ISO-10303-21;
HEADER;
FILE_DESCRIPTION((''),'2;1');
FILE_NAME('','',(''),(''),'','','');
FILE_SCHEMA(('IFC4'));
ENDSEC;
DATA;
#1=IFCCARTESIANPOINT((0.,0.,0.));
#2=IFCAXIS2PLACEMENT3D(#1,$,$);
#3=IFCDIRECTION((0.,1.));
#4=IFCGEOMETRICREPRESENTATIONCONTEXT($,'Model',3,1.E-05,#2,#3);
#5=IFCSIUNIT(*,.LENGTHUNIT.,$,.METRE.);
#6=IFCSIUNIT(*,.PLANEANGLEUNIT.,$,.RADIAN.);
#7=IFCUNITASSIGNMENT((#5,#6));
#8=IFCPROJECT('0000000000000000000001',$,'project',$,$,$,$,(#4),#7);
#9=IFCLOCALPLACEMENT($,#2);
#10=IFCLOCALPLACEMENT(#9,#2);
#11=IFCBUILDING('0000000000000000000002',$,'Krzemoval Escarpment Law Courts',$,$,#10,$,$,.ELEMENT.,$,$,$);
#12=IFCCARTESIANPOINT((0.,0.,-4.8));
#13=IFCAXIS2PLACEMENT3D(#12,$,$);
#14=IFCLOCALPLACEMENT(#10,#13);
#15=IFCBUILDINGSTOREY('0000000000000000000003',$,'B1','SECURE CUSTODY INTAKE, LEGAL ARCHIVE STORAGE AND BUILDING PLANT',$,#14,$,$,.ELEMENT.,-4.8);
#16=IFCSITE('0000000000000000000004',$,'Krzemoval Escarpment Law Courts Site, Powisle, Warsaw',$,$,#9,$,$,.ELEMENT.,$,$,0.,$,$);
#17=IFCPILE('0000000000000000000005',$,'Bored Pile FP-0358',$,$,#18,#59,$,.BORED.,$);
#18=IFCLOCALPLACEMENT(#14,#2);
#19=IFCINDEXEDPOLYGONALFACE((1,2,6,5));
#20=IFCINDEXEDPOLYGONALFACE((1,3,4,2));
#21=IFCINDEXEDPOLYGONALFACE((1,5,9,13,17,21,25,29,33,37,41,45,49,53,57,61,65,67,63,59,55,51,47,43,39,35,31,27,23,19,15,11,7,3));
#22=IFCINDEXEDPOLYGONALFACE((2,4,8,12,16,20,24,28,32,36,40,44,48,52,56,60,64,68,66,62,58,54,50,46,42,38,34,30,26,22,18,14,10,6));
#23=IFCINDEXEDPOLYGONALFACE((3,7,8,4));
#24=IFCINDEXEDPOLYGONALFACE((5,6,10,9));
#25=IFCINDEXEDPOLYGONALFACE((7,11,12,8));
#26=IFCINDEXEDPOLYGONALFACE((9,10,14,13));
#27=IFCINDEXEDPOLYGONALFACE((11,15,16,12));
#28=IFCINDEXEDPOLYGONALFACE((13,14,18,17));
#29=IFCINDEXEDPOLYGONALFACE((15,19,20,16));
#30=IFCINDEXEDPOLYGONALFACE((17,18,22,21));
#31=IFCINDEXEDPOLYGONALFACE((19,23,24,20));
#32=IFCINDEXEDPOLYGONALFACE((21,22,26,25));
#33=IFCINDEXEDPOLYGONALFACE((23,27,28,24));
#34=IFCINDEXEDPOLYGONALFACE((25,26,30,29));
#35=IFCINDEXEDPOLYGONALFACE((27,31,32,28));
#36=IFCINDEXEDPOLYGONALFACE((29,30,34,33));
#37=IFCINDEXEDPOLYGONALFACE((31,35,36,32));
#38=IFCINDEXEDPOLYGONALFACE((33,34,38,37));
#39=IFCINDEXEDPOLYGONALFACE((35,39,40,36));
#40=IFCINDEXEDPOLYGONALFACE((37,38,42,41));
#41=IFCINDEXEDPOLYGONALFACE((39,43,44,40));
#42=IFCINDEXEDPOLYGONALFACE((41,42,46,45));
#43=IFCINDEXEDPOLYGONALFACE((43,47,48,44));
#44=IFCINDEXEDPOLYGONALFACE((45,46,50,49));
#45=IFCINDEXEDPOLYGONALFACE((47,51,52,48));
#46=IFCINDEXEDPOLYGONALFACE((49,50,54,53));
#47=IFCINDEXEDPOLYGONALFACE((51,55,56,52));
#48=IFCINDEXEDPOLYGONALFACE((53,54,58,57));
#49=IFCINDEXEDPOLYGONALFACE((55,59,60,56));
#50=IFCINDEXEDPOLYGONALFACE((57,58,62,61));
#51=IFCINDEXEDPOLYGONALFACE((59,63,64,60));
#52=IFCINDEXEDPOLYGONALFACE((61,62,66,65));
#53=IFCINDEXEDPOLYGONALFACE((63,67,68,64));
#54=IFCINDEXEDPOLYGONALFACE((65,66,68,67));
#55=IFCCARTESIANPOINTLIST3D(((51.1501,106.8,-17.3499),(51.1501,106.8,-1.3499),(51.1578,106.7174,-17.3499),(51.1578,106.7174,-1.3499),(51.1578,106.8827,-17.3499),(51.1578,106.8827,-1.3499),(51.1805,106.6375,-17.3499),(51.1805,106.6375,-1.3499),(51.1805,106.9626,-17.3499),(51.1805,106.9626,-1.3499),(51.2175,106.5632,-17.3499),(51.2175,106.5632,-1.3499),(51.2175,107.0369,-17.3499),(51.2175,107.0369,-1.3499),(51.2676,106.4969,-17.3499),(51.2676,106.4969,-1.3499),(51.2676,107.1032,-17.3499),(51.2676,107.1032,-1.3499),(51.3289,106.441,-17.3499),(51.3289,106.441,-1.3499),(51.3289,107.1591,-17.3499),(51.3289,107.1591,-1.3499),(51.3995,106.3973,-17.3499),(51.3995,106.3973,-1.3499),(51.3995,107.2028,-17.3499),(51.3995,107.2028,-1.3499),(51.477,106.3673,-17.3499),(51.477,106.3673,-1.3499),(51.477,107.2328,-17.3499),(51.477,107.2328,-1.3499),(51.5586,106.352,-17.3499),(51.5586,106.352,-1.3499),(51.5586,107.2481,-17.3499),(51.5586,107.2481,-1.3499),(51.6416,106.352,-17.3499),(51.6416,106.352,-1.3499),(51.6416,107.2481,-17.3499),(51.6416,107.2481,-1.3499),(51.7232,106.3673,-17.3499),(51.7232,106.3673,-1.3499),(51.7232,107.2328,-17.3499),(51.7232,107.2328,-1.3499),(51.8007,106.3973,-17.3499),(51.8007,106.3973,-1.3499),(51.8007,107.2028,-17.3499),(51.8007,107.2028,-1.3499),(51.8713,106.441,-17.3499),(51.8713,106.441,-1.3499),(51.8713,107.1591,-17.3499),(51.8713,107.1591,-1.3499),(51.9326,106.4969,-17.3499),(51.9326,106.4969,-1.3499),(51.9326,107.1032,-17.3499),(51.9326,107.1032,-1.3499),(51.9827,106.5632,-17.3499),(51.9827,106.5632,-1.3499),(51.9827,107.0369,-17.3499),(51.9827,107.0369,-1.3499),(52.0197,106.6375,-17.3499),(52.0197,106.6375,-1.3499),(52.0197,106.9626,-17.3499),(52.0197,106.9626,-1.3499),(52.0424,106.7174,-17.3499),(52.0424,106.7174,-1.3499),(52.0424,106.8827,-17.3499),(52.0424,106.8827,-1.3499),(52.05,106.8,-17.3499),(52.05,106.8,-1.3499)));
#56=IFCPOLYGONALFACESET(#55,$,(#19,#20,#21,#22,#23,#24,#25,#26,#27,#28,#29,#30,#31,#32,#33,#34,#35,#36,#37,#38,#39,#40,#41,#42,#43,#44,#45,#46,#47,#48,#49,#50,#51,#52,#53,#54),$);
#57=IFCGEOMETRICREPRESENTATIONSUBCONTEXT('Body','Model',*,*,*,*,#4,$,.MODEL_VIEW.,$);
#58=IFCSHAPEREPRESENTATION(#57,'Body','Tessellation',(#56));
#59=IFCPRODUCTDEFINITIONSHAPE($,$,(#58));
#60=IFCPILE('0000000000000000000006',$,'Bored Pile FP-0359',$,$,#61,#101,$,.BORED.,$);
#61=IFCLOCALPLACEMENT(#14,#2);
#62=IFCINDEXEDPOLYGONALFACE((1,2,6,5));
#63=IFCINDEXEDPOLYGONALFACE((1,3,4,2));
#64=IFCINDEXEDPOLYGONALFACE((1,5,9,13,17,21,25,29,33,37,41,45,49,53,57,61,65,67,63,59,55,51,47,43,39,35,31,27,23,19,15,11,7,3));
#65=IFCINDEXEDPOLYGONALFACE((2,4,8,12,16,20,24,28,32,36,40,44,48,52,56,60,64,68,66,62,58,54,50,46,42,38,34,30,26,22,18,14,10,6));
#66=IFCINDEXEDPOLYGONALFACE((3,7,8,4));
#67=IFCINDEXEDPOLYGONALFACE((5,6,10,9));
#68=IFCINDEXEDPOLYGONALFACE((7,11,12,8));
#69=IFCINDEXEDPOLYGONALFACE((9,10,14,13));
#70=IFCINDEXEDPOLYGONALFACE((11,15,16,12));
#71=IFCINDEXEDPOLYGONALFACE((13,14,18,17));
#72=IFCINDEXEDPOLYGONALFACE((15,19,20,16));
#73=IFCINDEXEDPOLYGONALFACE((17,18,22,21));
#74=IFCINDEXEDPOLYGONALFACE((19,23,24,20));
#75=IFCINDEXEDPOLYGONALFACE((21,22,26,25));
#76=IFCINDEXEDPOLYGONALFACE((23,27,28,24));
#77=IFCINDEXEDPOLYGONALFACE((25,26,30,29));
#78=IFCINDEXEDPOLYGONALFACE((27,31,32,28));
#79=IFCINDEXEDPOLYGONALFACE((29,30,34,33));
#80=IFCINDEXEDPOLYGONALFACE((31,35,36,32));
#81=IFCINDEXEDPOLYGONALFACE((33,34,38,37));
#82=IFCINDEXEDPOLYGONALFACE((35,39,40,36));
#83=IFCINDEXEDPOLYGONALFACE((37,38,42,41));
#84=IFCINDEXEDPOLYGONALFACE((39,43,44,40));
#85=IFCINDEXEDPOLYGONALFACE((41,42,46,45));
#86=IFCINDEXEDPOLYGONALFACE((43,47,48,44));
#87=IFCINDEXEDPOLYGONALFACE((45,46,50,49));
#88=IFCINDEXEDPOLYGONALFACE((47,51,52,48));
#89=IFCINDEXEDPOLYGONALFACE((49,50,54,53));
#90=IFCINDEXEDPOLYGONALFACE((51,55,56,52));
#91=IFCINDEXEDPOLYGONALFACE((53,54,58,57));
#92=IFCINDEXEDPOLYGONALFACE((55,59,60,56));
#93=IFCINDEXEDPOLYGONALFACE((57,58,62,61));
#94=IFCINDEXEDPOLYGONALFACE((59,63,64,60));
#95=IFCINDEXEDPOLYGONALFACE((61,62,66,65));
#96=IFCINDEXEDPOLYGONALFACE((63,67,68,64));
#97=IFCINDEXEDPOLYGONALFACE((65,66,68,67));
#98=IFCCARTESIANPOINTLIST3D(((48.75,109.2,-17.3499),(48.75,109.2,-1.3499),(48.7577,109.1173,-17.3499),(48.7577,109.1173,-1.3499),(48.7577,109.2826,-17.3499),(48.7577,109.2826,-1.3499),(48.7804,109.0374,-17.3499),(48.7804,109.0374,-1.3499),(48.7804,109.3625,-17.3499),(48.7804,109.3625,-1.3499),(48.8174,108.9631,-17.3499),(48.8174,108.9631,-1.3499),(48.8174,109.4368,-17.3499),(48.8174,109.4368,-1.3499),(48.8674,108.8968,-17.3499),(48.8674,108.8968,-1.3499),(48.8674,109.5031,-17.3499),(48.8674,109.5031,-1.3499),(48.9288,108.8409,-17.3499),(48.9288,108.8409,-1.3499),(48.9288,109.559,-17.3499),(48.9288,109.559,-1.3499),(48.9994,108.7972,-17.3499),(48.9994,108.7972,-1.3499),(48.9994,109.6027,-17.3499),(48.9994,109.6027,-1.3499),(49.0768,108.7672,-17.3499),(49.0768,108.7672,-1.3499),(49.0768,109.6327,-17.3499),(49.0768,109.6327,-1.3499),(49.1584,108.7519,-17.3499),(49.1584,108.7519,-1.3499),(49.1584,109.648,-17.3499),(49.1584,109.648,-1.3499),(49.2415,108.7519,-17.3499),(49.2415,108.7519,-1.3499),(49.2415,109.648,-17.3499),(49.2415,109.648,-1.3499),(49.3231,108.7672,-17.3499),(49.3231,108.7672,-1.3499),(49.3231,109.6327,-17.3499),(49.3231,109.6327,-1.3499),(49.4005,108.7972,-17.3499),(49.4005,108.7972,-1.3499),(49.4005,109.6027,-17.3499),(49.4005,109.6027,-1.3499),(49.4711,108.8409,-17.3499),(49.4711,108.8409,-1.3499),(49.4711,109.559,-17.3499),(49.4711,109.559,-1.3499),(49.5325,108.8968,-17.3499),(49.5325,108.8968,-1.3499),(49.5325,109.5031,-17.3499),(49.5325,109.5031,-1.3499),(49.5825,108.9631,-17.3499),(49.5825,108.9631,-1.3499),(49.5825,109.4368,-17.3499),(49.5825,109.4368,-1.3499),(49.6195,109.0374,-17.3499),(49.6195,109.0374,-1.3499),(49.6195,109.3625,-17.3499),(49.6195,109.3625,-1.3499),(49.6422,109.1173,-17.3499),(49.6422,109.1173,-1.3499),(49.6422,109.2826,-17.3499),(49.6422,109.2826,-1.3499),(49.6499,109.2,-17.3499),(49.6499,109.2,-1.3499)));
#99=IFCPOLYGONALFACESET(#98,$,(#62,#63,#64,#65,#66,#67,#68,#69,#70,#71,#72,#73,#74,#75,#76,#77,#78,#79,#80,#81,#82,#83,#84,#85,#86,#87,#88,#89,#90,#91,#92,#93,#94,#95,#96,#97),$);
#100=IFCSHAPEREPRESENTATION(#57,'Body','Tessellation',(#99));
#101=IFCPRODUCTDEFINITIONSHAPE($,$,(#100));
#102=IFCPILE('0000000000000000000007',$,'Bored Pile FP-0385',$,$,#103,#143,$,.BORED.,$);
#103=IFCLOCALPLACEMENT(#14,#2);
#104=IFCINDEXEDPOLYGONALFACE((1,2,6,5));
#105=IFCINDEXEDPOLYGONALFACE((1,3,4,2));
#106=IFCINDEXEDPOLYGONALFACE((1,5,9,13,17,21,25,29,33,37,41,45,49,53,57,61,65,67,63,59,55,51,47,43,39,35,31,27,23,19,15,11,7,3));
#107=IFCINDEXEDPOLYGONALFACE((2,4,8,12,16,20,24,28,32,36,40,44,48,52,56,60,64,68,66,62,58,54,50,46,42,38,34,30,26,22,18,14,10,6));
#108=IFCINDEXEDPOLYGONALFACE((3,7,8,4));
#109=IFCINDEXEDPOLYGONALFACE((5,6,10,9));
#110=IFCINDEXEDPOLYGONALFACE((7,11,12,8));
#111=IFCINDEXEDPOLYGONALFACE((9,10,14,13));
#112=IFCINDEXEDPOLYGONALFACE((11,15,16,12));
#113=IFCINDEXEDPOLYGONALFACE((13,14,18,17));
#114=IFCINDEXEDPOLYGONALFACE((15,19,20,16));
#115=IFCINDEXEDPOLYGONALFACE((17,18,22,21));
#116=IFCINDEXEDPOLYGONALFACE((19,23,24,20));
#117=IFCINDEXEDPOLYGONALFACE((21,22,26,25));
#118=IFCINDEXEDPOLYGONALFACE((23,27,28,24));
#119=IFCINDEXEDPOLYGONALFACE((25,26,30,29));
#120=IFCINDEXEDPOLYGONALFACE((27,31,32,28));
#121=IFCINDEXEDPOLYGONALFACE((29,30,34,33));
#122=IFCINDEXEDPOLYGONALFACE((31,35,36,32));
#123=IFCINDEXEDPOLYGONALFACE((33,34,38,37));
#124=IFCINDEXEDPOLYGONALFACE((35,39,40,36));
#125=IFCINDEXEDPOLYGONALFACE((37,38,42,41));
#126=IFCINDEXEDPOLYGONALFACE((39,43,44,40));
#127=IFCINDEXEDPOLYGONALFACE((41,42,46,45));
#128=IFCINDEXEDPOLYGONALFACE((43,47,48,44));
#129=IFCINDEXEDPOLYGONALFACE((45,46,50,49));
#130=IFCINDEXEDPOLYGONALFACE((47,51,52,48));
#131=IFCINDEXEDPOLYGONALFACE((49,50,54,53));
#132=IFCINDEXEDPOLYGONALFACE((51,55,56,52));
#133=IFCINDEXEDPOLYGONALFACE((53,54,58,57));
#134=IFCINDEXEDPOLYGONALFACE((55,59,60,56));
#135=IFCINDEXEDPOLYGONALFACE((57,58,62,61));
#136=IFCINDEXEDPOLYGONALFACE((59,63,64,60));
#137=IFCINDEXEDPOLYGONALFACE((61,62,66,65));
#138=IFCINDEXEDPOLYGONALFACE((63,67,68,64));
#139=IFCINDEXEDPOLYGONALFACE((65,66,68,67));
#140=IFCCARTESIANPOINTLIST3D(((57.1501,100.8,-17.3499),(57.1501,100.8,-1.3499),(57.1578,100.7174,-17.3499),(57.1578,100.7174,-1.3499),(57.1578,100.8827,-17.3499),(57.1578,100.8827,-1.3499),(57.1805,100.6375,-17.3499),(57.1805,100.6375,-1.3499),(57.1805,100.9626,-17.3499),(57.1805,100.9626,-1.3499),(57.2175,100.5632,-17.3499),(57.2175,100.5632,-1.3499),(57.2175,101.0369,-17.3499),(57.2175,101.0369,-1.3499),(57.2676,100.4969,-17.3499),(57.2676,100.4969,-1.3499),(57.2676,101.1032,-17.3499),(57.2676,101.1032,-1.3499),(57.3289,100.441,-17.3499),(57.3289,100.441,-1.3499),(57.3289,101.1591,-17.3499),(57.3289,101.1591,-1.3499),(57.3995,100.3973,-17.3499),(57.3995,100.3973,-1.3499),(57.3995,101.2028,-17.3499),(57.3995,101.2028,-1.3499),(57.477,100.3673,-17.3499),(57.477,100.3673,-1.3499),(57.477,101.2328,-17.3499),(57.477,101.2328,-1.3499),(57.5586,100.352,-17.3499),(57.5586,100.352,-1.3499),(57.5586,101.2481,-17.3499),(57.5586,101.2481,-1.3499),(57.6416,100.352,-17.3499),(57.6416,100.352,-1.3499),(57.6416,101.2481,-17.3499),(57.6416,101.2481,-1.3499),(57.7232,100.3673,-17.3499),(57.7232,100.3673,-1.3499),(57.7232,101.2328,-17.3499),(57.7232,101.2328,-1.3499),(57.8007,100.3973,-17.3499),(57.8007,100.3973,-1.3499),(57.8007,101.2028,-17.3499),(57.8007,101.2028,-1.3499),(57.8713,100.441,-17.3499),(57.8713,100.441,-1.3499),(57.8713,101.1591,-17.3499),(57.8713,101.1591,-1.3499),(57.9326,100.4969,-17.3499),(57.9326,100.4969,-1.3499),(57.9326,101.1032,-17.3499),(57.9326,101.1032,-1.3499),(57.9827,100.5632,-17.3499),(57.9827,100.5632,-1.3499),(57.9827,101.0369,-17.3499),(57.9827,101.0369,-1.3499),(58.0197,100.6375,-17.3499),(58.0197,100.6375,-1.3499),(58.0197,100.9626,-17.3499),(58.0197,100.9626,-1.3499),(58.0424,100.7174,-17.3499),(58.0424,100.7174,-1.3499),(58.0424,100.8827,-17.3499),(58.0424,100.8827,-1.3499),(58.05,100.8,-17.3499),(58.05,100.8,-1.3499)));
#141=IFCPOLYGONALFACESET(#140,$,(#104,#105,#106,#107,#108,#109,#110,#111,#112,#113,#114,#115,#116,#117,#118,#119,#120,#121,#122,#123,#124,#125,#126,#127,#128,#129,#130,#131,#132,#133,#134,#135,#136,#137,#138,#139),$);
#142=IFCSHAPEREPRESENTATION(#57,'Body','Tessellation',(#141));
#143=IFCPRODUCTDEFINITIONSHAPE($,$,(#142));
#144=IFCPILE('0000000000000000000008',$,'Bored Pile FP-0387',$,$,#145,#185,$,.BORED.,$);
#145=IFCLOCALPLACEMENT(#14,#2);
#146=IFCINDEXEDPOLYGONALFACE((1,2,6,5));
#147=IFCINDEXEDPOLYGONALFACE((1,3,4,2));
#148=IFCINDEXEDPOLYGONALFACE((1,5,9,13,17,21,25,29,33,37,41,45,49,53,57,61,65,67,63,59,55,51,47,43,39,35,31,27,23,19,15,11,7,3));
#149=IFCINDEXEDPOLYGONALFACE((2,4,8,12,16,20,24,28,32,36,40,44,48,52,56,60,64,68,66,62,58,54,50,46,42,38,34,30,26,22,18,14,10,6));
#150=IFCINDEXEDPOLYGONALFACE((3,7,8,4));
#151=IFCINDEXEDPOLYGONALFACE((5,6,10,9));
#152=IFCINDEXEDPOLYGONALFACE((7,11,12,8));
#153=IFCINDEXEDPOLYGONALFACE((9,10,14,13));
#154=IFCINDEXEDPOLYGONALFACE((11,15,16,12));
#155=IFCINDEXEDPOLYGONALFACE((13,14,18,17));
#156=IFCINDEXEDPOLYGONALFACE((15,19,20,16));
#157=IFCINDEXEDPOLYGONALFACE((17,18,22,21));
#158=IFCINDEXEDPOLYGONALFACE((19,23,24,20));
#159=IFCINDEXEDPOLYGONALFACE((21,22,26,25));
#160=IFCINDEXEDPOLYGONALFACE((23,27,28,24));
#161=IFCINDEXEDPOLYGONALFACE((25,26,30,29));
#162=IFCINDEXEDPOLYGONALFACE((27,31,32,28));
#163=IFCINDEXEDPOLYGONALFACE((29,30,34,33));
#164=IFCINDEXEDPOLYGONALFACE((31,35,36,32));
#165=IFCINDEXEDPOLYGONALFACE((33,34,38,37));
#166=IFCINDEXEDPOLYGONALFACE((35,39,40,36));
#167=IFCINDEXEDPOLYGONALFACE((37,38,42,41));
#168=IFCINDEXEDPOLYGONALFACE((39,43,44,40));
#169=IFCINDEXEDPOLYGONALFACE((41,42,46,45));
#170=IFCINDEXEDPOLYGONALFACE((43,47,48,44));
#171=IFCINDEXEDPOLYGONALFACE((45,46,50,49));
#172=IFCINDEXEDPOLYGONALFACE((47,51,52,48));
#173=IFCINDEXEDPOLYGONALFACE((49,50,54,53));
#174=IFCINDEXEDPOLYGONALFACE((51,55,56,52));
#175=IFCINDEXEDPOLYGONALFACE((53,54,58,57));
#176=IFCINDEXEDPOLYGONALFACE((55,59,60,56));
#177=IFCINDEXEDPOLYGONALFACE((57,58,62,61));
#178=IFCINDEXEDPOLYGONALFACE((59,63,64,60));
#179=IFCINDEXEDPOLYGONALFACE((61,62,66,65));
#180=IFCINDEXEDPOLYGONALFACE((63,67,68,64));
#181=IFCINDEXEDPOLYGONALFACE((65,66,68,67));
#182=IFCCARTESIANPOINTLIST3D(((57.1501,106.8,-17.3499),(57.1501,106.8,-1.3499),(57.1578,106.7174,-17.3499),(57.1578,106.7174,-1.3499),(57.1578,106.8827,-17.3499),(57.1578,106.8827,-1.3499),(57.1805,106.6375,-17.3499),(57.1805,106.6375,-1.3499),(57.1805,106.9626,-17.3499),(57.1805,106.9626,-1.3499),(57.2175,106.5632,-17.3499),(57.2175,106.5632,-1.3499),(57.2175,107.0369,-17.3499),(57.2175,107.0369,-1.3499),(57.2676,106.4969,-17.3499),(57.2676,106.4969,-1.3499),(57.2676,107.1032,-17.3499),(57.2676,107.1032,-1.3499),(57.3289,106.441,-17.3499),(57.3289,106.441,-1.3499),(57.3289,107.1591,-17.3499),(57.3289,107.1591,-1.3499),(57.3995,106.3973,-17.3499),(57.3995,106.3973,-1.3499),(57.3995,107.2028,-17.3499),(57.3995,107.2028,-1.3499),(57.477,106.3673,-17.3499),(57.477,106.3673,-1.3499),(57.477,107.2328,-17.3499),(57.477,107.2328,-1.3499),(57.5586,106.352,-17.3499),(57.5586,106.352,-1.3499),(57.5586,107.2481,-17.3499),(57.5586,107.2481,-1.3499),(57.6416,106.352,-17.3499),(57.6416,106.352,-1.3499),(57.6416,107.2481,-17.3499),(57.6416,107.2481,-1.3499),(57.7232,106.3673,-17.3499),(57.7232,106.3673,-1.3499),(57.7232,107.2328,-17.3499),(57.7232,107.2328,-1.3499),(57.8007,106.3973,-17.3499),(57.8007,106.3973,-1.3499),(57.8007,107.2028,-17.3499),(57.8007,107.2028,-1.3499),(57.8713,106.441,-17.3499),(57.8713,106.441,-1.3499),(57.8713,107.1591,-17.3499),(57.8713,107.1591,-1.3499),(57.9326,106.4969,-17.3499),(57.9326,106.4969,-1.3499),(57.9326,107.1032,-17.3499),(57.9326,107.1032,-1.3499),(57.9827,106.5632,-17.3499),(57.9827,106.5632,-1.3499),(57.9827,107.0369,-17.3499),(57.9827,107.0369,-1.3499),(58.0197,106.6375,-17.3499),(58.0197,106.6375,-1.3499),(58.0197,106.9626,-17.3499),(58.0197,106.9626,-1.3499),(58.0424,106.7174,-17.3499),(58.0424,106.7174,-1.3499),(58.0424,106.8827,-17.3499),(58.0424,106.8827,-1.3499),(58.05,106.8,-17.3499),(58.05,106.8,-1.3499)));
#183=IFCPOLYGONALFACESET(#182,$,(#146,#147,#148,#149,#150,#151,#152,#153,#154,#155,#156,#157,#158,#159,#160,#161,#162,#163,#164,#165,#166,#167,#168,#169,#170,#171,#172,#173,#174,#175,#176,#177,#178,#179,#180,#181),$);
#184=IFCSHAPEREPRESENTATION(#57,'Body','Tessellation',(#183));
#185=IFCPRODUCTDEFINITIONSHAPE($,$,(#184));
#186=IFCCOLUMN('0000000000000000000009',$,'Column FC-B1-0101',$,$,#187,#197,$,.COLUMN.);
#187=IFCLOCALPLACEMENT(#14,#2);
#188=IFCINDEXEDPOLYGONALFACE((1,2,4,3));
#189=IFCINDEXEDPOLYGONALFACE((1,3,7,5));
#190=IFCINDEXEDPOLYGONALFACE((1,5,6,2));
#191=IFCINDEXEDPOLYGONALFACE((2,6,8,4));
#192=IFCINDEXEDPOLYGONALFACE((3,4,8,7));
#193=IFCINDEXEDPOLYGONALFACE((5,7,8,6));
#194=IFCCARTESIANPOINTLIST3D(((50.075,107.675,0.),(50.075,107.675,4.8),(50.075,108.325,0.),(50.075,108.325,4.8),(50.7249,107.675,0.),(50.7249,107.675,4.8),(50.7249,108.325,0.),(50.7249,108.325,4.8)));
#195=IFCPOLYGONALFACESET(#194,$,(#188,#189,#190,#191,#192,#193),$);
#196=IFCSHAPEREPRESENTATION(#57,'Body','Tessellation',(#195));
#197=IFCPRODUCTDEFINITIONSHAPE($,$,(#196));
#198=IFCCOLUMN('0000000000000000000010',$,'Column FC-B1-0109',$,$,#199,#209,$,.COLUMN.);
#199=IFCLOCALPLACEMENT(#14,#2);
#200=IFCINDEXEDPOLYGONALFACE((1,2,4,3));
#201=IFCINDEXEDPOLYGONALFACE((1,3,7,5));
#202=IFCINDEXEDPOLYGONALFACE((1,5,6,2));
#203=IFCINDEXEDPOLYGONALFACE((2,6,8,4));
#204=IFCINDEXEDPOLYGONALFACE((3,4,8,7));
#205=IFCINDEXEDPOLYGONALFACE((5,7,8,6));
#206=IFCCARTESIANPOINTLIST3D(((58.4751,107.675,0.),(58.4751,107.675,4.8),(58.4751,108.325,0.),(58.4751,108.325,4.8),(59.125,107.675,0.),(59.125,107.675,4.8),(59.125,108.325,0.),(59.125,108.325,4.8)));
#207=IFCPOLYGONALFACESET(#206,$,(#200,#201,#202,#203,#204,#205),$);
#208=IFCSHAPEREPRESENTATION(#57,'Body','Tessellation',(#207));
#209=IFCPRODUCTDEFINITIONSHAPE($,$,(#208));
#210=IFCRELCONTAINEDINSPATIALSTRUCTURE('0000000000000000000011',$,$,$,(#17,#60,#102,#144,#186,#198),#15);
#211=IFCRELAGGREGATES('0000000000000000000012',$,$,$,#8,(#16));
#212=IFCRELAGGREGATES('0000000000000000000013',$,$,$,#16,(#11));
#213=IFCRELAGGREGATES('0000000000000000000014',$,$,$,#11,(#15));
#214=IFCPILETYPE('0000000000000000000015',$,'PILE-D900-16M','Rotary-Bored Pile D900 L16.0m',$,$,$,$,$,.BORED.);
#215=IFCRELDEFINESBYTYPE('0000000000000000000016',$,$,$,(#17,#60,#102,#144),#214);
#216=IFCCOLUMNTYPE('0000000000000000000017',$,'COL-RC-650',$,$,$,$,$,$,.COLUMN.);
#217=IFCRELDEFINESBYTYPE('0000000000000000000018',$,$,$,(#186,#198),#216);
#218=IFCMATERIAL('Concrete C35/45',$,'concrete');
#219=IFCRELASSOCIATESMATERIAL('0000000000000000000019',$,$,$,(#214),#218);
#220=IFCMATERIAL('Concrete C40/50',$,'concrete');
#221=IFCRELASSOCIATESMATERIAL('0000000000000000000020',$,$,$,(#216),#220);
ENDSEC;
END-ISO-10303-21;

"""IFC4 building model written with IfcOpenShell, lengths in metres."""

from ifc_helpers import new_model, si_unit, direction, frame, origin, origin_2d, place, context, subcontext, project, spatial, rectangle, circle, extrude, material, material_profile, profile_set, type_object, element, save


model = new_model("IFC4")

# Units and contexts
model_context = context("Model", 3, precision=1e-05, world=origin(), true_north=direction((0.0, 1.0)))
body_context = subcontext(model_context, "Body", "Model", "MODEL_VIEW")
ifc_project = project(units=[si_unit("LENGTHUNIT", "METRE"), si_unit("PLANEANGLEUNIT", "RADIAN")], contexts=[model_context])

# Site, building, storey
site_placement = place(None, origin())
site = spatial("IfcSite", under=ifc_project, at=site_placement, Name="Krzemoval Escarpment Law Courts Site, Powisle, Warsaw", CompositionType="ELEMENT", RefElevation=0.0)
building_placement = place(site_placement, origin())
building = spatial("IfcBuilding", under=site, at=building_placement, Name="Krzemoval Escarpment Law Courts", CompositionType="ELEMENT")
storey_placement = place(building_placement, frame((0.0, 0.0, -4.8)))
storey = spatial("IfcBuildingStorey", under=building, at=storey_placement, Name="B1", Description="SECURE CUSTODY INTAKE, LEGAL ARCHIVE STORAGE AND BUILDING PLANT", CompositionType="ELEMENT", Elevation=-4.8)

# Piles
ifc_material_1 = material(Name="Concrete C35/45", Category="concrete")
ifc_material_profile_1 = material_profile(ifc_material_1, circle(Radius=0.45, at=origin_2d()), Name="PILE D900")
ifc_profile_set_1 = profile_set([ifc_material_profile_1], Name="Concrete C35/45")
pile_type = type_object("IfcPileType", Name="PILE-D900-16M", Description="Rotary-Bored Pile D900 L16.0m", PredefinedType="BORED", material=ifc_profile_set_1)
for number, where, z_axis, x_axis, name in (
    (1, (51.6001, 106.8, -1.3499), (0.0, 0.0, -1.0), (1.0, 0.0, 0.0), "Bored Pile FP-0358"),
    (2, (49.2, 109.2, -1.3499), (0.0, 0.0, -1.0), (1.0, 0.0, 0.0), "Bored Pile FP-0359"),
    (3, (57.6001, 100.8, -1.3499), (0.0, 0.0, -1.0), (1.0, 0.0, 0.0), "Bored Pile FP-0385"),
    (4, (57.6001, 106.8, -1.3499), (0.0, 0.0, -1.0), (1.0, 0.0, 0.0), "Bored Pile FP-0387"),
):
    element("IfcPile", number, at=place(storey_placement, frame(where, z_axis=z_axis, x_axis=x_axis)), inside=storey, type_object=pile_type, Name=name, PredefinedType="BORED", context=body_context, shape_type="SweptSolid", body=[
        extrude(circle(Radius=0.45, at=origin_2d()), origin(), (0.0, 0.0, 1.0), 16.0),
    ])

# Columns
ifc_material_2 = material(Name="Concrete C40/50", Category="concrete")
ifc_material_profile_2 = material_profile(ifc_material_2, rectangle(XDim=0.6499, YDim=0.6499, at=origin_2d()), Name="RC 650x650")
ifc_profile_set_2 = profile_set([ifc_material_profile_2], Name="Concrete C40/50")
column_type = type_object("IfcColumnType", Name="COL-RC-650", PredefinedType="COLUMN", material=ifc_profile_set_2)
for number, where, z_axis, x_axis, name in (
    (5, (50.3999, 108.0, 0.0), (0.0, 0.0, 1.0), (1.0, 0.0, 0.0), "Column FC-B1-0101"),
    (6, (58.8, 108.0, 0.0), (0.0, 0.0, 1.0), (1.0, 0.0, 0.0), "Column FC-B1-0109"),
):
    element("IfcColumn", number, at=place(storey_placement, frame(where, z_axis=z_axis, x_axis=x_axis)), inside=storey, type_object=column_type, Name=name, PredefinedType="COLUMN", context=body_context, shape_type="SweptSolid", body=[
        extrude(rectangle(XDim=0.6499, YDim=0.6499, at=origin_2d()), origin(), (0.0, 0.0, 1.0), 4.8),
    ])

save(model, "model.ifc")
